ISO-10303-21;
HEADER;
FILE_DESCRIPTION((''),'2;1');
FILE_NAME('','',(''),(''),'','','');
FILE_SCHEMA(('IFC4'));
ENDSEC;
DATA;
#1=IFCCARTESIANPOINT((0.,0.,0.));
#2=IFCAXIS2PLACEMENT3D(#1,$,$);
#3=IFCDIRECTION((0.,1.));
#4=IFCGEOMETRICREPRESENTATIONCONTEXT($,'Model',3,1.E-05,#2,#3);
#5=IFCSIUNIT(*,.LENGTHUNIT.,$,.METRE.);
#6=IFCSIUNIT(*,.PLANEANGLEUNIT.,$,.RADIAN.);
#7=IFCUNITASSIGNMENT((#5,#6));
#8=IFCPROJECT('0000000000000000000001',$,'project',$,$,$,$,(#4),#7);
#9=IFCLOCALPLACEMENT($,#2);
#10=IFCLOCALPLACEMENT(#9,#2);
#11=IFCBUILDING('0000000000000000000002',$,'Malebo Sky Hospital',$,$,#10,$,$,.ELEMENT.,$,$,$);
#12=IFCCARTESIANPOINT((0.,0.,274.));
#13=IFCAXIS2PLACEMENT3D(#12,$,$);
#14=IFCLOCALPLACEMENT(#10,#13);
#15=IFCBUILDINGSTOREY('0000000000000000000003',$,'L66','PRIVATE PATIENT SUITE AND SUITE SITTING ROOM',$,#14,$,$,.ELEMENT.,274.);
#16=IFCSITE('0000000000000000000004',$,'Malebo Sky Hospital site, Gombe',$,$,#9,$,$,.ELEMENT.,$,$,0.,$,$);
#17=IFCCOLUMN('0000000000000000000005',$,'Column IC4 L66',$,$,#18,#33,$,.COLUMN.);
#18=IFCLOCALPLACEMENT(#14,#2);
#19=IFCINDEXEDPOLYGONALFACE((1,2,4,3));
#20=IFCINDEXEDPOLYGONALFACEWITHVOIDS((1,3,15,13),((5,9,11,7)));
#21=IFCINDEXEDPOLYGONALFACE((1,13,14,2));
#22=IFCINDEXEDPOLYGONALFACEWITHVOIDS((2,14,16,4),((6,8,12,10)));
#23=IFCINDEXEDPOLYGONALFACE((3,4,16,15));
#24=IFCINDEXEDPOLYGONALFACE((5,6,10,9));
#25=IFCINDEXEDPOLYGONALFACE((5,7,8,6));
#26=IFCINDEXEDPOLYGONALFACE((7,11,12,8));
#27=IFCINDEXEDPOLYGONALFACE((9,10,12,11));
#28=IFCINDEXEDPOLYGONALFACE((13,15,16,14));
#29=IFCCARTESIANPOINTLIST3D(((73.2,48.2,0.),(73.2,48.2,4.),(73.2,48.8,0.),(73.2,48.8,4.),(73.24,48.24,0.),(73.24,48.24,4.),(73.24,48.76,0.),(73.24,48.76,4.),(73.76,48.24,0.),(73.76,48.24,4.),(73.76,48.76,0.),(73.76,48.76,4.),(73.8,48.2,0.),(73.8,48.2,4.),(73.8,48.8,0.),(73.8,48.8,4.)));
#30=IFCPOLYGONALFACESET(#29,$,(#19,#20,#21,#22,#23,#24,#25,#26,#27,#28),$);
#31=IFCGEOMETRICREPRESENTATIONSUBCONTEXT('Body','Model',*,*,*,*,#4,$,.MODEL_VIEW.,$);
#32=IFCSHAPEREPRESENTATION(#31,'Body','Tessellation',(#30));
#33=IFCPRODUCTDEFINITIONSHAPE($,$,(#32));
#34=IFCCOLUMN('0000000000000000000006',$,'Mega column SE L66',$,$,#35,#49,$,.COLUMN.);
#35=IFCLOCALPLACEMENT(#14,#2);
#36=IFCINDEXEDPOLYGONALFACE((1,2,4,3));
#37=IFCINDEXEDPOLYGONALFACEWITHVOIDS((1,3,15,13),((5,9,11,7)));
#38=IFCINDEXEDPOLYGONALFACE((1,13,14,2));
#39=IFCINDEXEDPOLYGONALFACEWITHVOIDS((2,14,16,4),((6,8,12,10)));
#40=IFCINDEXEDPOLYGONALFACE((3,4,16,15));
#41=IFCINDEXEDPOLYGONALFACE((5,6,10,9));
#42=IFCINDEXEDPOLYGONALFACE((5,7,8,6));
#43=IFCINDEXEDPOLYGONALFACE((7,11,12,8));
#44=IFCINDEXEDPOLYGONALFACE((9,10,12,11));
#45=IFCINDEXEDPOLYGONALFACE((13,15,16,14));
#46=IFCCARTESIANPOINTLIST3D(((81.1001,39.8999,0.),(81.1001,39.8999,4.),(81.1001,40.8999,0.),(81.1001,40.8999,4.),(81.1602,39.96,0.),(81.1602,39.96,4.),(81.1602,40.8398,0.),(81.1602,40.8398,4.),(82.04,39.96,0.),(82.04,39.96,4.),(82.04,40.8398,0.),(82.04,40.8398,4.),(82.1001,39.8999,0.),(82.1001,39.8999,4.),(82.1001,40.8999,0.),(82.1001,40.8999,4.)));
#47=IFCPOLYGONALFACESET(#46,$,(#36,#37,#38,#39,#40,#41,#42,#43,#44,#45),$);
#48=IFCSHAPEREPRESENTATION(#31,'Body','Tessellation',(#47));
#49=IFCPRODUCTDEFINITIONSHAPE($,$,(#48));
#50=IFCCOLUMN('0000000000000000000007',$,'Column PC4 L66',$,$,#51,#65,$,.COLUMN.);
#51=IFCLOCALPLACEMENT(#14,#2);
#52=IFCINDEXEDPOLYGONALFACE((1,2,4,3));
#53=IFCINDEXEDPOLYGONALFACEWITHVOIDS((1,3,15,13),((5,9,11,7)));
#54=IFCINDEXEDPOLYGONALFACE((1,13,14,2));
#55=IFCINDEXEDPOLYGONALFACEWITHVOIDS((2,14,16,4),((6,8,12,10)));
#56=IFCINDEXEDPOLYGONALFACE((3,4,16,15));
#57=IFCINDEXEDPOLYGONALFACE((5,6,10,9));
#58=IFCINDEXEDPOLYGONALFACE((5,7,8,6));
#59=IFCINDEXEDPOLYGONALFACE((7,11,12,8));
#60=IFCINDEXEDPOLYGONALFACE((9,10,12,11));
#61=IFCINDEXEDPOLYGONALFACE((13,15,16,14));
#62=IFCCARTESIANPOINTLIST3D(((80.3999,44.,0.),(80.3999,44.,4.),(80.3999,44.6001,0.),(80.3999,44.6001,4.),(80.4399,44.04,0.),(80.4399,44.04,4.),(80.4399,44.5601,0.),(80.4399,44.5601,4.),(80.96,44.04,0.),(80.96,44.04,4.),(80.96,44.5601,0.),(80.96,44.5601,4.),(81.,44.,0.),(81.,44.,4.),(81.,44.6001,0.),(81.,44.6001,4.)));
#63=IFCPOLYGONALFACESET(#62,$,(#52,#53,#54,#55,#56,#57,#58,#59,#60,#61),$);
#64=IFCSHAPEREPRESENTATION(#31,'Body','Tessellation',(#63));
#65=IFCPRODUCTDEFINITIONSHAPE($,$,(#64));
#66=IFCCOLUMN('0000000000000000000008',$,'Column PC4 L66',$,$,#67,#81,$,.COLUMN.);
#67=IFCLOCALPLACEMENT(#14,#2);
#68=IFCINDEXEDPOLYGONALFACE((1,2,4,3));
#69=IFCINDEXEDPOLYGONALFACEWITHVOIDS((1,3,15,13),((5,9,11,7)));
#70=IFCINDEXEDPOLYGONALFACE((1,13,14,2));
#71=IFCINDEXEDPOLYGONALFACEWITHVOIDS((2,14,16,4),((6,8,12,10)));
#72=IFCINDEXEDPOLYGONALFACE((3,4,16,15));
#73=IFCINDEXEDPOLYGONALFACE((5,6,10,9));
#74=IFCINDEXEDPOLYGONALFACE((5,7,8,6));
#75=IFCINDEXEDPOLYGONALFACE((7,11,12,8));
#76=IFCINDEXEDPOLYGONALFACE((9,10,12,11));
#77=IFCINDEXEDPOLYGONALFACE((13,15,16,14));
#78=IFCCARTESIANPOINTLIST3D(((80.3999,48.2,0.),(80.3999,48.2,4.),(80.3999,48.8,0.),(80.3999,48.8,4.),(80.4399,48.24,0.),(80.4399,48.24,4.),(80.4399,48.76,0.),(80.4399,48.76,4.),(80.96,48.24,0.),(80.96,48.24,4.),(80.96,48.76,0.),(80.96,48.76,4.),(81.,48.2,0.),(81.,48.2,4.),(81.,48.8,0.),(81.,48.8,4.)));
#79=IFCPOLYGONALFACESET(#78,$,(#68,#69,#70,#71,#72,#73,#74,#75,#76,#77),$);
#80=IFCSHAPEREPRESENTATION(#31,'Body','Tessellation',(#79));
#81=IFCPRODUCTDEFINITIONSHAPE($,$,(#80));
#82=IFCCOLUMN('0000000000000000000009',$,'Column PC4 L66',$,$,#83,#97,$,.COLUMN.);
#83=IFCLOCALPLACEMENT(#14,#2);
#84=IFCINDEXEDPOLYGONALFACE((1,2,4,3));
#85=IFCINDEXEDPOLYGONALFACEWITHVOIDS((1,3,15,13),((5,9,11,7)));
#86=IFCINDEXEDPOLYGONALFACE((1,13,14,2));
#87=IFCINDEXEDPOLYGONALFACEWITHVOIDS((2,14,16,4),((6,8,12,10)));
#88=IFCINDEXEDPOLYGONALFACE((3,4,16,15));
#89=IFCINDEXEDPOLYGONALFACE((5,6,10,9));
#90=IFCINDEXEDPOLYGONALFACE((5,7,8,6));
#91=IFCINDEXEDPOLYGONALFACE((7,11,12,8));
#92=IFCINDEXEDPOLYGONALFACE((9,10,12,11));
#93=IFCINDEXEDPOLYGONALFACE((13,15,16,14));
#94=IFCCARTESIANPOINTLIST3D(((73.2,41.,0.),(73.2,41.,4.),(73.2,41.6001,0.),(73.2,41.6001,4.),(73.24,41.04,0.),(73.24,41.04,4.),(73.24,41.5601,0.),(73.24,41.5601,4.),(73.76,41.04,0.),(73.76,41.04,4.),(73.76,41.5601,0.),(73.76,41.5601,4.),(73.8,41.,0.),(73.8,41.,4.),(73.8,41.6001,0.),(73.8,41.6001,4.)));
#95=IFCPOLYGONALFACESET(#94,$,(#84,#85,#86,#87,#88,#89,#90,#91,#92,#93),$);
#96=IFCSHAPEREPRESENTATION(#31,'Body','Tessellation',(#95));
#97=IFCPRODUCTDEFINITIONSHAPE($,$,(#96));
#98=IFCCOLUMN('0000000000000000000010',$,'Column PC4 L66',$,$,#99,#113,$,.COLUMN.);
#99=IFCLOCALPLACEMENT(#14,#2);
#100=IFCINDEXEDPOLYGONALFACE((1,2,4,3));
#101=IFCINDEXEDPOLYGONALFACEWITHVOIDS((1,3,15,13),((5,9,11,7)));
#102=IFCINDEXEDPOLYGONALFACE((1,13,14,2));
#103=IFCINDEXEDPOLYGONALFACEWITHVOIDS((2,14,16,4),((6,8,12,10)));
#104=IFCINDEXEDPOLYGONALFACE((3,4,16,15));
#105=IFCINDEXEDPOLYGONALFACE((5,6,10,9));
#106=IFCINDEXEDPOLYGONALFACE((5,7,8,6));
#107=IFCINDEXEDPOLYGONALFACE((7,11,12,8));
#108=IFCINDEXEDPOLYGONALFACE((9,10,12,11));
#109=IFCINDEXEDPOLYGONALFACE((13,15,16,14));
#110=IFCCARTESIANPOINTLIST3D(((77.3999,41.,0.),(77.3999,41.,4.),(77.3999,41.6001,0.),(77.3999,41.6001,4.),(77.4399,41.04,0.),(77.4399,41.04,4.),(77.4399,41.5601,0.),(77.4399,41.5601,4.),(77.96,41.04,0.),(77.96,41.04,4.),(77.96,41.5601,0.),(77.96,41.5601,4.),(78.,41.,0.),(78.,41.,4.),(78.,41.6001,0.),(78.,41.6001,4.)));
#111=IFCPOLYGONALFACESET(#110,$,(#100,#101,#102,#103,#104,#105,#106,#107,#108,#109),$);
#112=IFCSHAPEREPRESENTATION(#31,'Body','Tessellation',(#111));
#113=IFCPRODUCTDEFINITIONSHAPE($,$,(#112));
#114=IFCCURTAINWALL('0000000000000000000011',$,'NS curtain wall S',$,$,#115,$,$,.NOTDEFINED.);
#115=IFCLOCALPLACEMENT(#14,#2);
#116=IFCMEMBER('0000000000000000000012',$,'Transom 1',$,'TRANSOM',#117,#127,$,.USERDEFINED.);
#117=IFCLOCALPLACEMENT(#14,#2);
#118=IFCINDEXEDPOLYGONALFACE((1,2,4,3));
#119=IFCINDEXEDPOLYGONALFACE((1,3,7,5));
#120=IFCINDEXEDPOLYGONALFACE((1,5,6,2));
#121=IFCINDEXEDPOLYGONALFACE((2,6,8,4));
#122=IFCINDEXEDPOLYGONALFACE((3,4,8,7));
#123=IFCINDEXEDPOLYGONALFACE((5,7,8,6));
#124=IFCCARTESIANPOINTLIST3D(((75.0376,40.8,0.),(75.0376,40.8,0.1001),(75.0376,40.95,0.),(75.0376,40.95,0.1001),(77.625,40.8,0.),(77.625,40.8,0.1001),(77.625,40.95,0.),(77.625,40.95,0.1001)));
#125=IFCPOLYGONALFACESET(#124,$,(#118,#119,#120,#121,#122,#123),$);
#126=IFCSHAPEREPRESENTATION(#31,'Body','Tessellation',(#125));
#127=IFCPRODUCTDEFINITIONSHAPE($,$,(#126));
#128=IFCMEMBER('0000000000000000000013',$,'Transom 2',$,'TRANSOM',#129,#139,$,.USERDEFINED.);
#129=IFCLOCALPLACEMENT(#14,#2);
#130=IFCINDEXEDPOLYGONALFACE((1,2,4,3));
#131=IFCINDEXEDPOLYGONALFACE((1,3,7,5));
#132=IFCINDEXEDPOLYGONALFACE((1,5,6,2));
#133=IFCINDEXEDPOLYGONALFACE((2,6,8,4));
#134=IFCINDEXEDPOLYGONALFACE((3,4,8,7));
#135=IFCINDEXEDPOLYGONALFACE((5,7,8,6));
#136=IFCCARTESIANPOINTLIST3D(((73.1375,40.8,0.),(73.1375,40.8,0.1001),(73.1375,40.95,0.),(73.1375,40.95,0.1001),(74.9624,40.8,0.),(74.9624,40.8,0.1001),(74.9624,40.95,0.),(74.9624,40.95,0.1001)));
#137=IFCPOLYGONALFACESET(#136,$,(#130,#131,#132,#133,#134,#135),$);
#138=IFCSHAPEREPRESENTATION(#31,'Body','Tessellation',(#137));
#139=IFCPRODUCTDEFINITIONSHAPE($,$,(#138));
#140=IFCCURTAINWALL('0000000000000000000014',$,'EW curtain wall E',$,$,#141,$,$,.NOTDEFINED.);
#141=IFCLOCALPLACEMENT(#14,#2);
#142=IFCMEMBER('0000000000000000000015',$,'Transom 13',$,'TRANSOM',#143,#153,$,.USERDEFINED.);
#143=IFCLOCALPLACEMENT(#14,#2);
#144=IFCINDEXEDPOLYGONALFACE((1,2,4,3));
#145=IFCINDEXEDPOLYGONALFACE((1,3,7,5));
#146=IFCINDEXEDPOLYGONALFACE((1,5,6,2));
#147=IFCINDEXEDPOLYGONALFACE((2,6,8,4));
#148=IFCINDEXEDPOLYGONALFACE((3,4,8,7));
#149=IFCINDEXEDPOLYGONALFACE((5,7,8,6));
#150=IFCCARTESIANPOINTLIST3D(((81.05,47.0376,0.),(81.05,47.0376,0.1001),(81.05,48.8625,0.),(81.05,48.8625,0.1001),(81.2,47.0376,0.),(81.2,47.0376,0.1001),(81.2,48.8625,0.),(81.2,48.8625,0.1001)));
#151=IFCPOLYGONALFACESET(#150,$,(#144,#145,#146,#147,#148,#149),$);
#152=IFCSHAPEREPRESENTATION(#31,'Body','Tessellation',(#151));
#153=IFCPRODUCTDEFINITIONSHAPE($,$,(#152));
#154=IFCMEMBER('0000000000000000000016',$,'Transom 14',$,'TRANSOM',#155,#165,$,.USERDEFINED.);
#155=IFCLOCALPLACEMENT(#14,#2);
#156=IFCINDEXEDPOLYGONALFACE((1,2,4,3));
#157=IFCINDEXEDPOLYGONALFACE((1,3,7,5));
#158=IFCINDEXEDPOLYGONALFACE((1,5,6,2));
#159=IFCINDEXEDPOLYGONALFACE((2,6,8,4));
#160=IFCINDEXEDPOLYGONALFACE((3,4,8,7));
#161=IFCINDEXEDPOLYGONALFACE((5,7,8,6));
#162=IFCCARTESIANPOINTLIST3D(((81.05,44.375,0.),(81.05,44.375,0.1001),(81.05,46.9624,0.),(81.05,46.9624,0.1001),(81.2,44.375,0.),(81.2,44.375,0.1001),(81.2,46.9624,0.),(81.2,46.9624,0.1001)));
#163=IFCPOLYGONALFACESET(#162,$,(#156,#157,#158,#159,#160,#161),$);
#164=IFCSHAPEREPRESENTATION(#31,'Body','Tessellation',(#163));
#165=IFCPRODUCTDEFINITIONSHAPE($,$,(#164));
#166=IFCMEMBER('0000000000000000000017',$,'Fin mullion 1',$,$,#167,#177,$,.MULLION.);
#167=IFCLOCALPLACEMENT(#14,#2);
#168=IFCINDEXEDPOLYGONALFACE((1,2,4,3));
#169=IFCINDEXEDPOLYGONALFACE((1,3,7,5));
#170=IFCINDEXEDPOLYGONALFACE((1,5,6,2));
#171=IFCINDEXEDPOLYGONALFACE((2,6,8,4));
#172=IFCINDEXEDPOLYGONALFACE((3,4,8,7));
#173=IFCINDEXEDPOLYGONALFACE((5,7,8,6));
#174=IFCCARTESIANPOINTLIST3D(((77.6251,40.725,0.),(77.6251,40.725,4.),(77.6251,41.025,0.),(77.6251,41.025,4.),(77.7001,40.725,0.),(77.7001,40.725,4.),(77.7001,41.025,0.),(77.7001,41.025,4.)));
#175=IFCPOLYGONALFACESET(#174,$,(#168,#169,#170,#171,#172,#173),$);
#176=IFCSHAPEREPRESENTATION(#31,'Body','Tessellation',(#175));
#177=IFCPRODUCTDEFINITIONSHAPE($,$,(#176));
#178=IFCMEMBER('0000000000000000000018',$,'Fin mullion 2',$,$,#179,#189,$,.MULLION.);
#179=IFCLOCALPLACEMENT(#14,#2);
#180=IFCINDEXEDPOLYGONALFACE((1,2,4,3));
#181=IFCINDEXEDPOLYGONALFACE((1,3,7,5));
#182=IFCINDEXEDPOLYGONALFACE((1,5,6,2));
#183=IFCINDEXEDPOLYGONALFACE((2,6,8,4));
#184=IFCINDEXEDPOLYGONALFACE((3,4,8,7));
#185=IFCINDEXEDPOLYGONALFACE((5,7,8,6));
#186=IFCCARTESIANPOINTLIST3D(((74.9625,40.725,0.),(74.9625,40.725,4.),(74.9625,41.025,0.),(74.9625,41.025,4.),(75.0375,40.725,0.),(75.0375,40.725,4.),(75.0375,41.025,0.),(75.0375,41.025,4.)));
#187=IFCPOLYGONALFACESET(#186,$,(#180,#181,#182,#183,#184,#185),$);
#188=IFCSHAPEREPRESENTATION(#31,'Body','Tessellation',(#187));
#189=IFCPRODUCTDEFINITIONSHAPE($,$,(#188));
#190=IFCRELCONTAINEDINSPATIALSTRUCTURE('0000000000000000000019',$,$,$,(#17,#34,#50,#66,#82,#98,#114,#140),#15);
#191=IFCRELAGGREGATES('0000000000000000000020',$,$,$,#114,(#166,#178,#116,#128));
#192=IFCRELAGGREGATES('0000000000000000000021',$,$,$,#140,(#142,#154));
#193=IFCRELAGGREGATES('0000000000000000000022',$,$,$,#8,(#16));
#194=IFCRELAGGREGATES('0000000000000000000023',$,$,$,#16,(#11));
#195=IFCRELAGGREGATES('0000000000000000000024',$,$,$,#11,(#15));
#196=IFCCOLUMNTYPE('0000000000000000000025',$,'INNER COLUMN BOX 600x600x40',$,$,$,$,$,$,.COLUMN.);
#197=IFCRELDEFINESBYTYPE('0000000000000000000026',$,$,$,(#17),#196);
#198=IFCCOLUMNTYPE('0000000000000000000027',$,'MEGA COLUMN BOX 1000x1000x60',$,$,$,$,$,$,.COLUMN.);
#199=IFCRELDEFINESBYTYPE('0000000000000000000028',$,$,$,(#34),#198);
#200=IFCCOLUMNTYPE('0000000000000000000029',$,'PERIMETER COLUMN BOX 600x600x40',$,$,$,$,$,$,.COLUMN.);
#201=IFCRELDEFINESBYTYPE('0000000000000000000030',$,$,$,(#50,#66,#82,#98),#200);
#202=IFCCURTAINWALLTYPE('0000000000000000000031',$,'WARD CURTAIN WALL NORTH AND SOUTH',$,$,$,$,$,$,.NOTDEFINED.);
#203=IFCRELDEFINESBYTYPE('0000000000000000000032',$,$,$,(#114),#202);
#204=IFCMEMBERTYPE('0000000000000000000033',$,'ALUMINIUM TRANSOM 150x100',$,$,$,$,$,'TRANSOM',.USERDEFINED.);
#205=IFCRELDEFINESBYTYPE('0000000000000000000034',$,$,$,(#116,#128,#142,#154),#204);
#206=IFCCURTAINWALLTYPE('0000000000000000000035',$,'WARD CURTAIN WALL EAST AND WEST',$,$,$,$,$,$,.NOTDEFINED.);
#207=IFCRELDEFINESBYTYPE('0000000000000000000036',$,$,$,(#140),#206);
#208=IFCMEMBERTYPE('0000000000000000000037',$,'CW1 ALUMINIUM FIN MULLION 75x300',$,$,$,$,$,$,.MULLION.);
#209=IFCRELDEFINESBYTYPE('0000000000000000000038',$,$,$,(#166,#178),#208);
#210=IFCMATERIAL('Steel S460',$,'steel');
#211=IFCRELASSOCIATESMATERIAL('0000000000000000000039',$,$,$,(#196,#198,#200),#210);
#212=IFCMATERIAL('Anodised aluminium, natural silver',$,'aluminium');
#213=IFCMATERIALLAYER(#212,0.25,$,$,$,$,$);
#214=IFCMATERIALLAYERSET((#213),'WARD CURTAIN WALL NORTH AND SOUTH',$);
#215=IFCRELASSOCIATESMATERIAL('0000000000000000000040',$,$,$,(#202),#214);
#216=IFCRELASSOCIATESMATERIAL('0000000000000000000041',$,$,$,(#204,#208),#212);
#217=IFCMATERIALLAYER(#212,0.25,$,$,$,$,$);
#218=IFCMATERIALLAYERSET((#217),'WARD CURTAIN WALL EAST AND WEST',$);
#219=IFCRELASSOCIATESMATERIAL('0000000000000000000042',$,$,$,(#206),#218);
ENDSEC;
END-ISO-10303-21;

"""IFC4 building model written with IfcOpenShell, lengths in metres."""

from ifc_helpers import new_model, si_unit, direction, frame, origin, origin_2d, place, context, subcontext, project, spatial, rectangle, hollow_rectangle, extrude, material, layer, layer_set, material_profile, profile_set, type_object, element, aggregate, save


model = new_model("IFC4")

# Units and contexts
model_context = context("Model", 3, precision=1e-05, world=origin(), true_north=direction((0.0, 1.0)))
body_context = subcontext(model_context, "Body", "Model", "MODEL_VIEW")
ifc_project = project(units=[si_unit("LENGTHUNIT", "METRE"), si_unit("PLANEANGLEUNIT", "RADIAN")], contexts=[model_context])

# Site, building, storey
site_placement = place(None, origin())
site = spatial("IfcSite", under=ifc_project, at=site_placement, Name="Malebo Sky Hospital site, Gombe", CompositionType="ELEMENT", RefElevation=0.0)
building_placement = place(site_placement, origin())
building = spatial("IfcBuilding", under=site, at=building_placement, Name="Malebo Sky Hospital", CompositionType="ELEMENT")
storey_placement = place(building_placement, frame((0.0, 0.0, 274.0)))
storey = spatial("IfcBuildingStorey", under=building, at=storey_placement, Name="L66", Description="PRIVATE PATIENT SUITE AND SUITE SITTING ROOM", CompositionType="ELEMENT", Elevation=274.0)

# Columns
ifc_material_1 = material(Name="Steel S460", Category="steel")
ifc_material_profile_1 = material_profile(ifc_material_1, hollow_rectangle(XDim=0.6001, YDim=0.6001, WallThickness=0.04, at=origin_2d()), Name="BOX 600x600x40")
ifc_profile_set_1 = profile_set([ifc_material_profile_1], Name="Steel S460")
column_type_1 = type_object("IfcColumnType", Name="INNER COLUMN BOX 600x600x40", PredefinedType="COLUMN", material=ifc_profile_set_1)
column_1_placement = place(storey_placement, frame((73.5, 48.5, 0.0), z_axis=(0.0, 0.0, 1.0), x_axis=(1.0, 0.0, 0.0)))
element("IfcColumn", 1, at=column_1_placement, inside=storey, type_object=column_type_1, Name="Column IC4 L66", PredefinedType="COLUMN", context=body_context, shape_type="SweptSolid", body=[
    extrude(hollow_rectangle(XDim=0.6001, YDim=0.6001, WallThickness=0.04, at=origin_2d()), origin(), (0.0, 0.0, 1.0), 4.0),
])
ifc_material_profile_2 = material_profile(ifc_material_1, hollow_rectangle(XDim=1.0, YDim=1.0, WallThickness=0.0601, at=origin_2d()), Name="BOX 1000x1000x60")
ifc_profile_set_2 = profile_set([ifc_material_profile_2], Name="Steel S460")
column_type_2 = type_object("IfcColumnType", Name="MEGA COLUMN BOX 1000x1000x60", PredefinedType="COLUMN", material=ifc_profile_set_2)
column_2_placement = place(storey_placement, frame((81.6001, 40.3999, 0.0), z_axis=(0.0, 0.0, 1.0), x_axis=(1.0, 0.0, 0.0)))
element("IfcColumn", 2, at=column_2_placement, inside=storey, type_object=column_type_2, Name="Mega column SE L66", PredefinedType="COLUMN", context=body_context, shape_type="SweptSolid", body=[
    extrude(hollow_rectangle(XDim=1.0, YDim=1.0, WallThickness=0.0601, at=origin_2d()), origin(), (0.0, 0.0, 1.0), 4.0),
])
ifc_material_profile_3 = material_profile(ifc_material_1, hollow_rectangle(XDim=0.6001, YDim=0.6001, WallThickness=0.04, at=origin_2d()), Name="BOX 600x600x40")
ifc_profile_set_3 = profile_set([ifc_material_profile_3], Name="Steel S460")
column_type_3 = type_object("IfcColumnType", Name="PERIMETER COLUMN BOX 600x600x40", PredefinedType="COLUMN", material=ifc_profile_set_3)
for number, where, z_axis, x_axis, name in (
    (3, (80.7, 44.3, 0.0), (0.0, 0.0, 1.0), (1.0, 0.0, 0.0), "Column PC4 L66"),
    (4, (80.7, 48.5, 0.0), (0.0, 0.0, 1.0), (1.0, 0.0, 0.0), "Column PC4 L66"),
    (5, (73.5, 41.3, 0.0), (0.0, 0.0, 1.0), (1.0, 0.0, 0.0), "Column PC4 L66"),
    (6, (77.7, 41.3, 0.0), (0.0, 0.0, 1.0), (1.0, 0.0, 0.0), "Column PC4 L66"),
):
    element("IfcColumn", number, at=place(storey_placement, frame(where, z_axis=z_axis, x_axis=x_axis)), inside=storey, type_object=column_type_3, Name=name, PredefinedType="COLUMN", context=body_context, shape_type="SweptSolid", body=[
        extrude(hollow_rectangle(XDim=0.6001, YDim=0.6001, WallThickness=0.04, at=origin_2d()), origin(), (0.0, 0.0, 1.0), 4.0),
    ])

# Curtain walls, members
ifc_material_2 = material(Name="Anodised aluminium, natural silver", Category="aluminium")
ifc_layer_1 = layer(ifc_material_2, 0.25)
ifc_layer_set_1 = layer_set([ifc_layer_1], Name="WARD CURTAIN WALL NORTH AND SOUTH")
curtain_wall_type_1 = type_object("IfcCurtainWallType", Name="WARD CURTAIN WALL NORTH AND SOUTH", PredefinedType="NOTDEFINED", material=ifc_layer_set_1)
curtain_wall_1_placement = place(storey_placement, origin())
curtain_wall_1 = element("IfcCurtainWall", 7, at=curtain_wall_1_placement, inside=storey, type_object=curtain_wall_type_1, Name="NS curtain wall S", PredefinedType="NOTDEFINED")
ifc_material_profile_4 = material_profile(ifc_material_2, rectangle(XDim=0.1499, YDim=0.1001, at=origin_2d()), Name="ALUMINIUM TRANSOM 150x100")
ifc_profile_set_4 = profile_set([ifc_material_profile_4], Name="Anodised aluminium, natural silver")
member_type_1 = type_object("IfcMemberType", Name="ALUMINIUM TRANSOM 150x100", ElementType="TRANSOM", PredefinedType="USERDEFINED", material=ifc_profile_set_4)
member_1_placement = place(storey_placement, frame((77.625, 40.875, 0.05), z_axis=(-1.0, 0.0, 0.0), x_axis=(0.0, -1.0, 0.0)))
member_1 = element("IfcMember", 8, at=member_1_placement, type_object=member_type_1, Name="Transom 1", ObjectType="TRANSOM", PredefinedType="USERDEFINED", context=body_context, shape_type="SweptSolid", body=[
    extrude(rectangle(XDim=0.1499, YDim=0.1001, at=origin_2d()), origin(), (0.0, 0.0, 1.0), 2.5874),
])
member_2_placement = place(storey_placement, frame((74.9624, 40.875, 0.05), z_axis=(-1.0, 0.0, 0.0), x_axis=(0.0, -1.0, 0.0)))
member_2 = element("IfcMember", 9, at=member_2_placement, type_object=member_type_1, Name="Transom 2", ObjectType="TRANSOM", PredefinedType="USERDEFINED", context=body_context, shape_type="SweptSolid", body=[
    extrude(rectangle(XDim=0.1499, YDim=0.1001, at=origin_2d()), origin(), (0.0, 0.0, 1.0), 1.825),
])
ifc_layer_2 = layer(ifc_material_2, 0.25)
ifc_layer_set_2 = layer_set([ifc_layer_2], Name="WARD CURTAIN WALL EAST AND WEST")
curtain_wall_type_2 = type_object("IfcCurtainWallType", Name="WARD CURTAIN WALL EAST AND WEST", PredefinedType="NOTDEFINED", material=ifc_layer_set_2)
curtain_wall_2_placement = place(storey_placement, origin())
curtain_wall_2 = element("IfcCurtainWall", 10, at=curtain_wall_2_placement, inside=storey, type_object=curtain_wall_type_2, Name="EW curtain wall E", PredefinedType="NOTDEFINED")
member_3_placement = place(storey_placement, frame((81.125, 48.8625, 0.05), z_axis=(0.0, -1.0, 0.0), x_axis=(1.0, 0.0, 0.0)))
member_3 = element("IfcMember", 11, at=member_3_placement, type_object=member_type_1, Name="Transom 13", ObjectType="TRANSOM", PredefinedType="USERDEFINED", context=body_context, shape_type="SweptSolid", body=[
    extrude(rectangle(XDim=0.1499, YDim=0.1001, at=origin_2d()), origin(), (0.0, 0.0, 1.0), 1.825),
])
member_4_placement = place(storey_placement, frame((81.125, 46.9624, 0.05), z_axis=(0.0, -1.0, 0.0), x_axis=(1.0, 0.0, 0.0)))
member_4 = element("IfcMember", 12, at=member_4_placement, type_object=member_type_1, Name="Transom 14", ObjectType="TRANSOM", PredefinedType="USERDEFINED", context=body_context, shape_type="SweptSolid", body=[
    extrude(rectangle(XDim=0.1499, YDim=0.1001, at=origin_2d()), origin(), (0.0, 0.0, 1.0), 2.5874),
])

# Members
ifc_material_profile_5 = material_profile(ifc_material_2, rectangle(XDim=0.075, YDim=0.3, at=origin_2d()), Name="CW1 ALUMINIUM FIN MULLION 75x300")
ifc_profile_set_5 = profile_set([ifc_material_profile_5], Name="Anodised aluminium, natural silver")
member_type_2 = type_object("IfcMemberType", Name="CW1 ALUMINIUM FIN MULLION 75x300", PredefinedType="MULLION", material=ifc_profile_set_5)
member_5_placement = place(storey_placement, frame((77.6626, 40.875, 0.0), z_axis=(0.0, 0.0, 1.0), x_axis=(-1.0, 0.0, 0.0)))
member_5 = element("IfcMember", 13, at=member_5_placement, type_object=member_type_2, Name="Fin mullion 1", PredefinedType="MULLION", context=body_context, shape_type="SweptSolid", body=[
    extrude(rectangle(XDim=0.075, YDim=0.3, at=origin_2d()), origin(), (0.0, 0.0, 1.0), 4.0),
])
member_6_placement = place(storey_placement, frame((75.0, 40.875, 0.0), z_axis=(0.0, 0.0, 1.0), x_axis=(-1.0, 0.0, 0.0)))
member_6 = element("IfcMember", 14, at=member_6_placement, type_object=member_type_2, Name="Fin mullion 2", PredefinedType="MULLION", context=body_context, shape_type="SweptSolid", body=[
    extrude(rectangle(XDim=0.075, YDim=0.3, at=origin_2d()), origin(), (0.0, 0.0, 1.0), 4.0),
])

aggregate(curtain_wall_1, [member_5, member_6, member_1, member_2])
aggregate(curtain_wall_2, [member_3, member_4])

save(model, "model.ifc")
